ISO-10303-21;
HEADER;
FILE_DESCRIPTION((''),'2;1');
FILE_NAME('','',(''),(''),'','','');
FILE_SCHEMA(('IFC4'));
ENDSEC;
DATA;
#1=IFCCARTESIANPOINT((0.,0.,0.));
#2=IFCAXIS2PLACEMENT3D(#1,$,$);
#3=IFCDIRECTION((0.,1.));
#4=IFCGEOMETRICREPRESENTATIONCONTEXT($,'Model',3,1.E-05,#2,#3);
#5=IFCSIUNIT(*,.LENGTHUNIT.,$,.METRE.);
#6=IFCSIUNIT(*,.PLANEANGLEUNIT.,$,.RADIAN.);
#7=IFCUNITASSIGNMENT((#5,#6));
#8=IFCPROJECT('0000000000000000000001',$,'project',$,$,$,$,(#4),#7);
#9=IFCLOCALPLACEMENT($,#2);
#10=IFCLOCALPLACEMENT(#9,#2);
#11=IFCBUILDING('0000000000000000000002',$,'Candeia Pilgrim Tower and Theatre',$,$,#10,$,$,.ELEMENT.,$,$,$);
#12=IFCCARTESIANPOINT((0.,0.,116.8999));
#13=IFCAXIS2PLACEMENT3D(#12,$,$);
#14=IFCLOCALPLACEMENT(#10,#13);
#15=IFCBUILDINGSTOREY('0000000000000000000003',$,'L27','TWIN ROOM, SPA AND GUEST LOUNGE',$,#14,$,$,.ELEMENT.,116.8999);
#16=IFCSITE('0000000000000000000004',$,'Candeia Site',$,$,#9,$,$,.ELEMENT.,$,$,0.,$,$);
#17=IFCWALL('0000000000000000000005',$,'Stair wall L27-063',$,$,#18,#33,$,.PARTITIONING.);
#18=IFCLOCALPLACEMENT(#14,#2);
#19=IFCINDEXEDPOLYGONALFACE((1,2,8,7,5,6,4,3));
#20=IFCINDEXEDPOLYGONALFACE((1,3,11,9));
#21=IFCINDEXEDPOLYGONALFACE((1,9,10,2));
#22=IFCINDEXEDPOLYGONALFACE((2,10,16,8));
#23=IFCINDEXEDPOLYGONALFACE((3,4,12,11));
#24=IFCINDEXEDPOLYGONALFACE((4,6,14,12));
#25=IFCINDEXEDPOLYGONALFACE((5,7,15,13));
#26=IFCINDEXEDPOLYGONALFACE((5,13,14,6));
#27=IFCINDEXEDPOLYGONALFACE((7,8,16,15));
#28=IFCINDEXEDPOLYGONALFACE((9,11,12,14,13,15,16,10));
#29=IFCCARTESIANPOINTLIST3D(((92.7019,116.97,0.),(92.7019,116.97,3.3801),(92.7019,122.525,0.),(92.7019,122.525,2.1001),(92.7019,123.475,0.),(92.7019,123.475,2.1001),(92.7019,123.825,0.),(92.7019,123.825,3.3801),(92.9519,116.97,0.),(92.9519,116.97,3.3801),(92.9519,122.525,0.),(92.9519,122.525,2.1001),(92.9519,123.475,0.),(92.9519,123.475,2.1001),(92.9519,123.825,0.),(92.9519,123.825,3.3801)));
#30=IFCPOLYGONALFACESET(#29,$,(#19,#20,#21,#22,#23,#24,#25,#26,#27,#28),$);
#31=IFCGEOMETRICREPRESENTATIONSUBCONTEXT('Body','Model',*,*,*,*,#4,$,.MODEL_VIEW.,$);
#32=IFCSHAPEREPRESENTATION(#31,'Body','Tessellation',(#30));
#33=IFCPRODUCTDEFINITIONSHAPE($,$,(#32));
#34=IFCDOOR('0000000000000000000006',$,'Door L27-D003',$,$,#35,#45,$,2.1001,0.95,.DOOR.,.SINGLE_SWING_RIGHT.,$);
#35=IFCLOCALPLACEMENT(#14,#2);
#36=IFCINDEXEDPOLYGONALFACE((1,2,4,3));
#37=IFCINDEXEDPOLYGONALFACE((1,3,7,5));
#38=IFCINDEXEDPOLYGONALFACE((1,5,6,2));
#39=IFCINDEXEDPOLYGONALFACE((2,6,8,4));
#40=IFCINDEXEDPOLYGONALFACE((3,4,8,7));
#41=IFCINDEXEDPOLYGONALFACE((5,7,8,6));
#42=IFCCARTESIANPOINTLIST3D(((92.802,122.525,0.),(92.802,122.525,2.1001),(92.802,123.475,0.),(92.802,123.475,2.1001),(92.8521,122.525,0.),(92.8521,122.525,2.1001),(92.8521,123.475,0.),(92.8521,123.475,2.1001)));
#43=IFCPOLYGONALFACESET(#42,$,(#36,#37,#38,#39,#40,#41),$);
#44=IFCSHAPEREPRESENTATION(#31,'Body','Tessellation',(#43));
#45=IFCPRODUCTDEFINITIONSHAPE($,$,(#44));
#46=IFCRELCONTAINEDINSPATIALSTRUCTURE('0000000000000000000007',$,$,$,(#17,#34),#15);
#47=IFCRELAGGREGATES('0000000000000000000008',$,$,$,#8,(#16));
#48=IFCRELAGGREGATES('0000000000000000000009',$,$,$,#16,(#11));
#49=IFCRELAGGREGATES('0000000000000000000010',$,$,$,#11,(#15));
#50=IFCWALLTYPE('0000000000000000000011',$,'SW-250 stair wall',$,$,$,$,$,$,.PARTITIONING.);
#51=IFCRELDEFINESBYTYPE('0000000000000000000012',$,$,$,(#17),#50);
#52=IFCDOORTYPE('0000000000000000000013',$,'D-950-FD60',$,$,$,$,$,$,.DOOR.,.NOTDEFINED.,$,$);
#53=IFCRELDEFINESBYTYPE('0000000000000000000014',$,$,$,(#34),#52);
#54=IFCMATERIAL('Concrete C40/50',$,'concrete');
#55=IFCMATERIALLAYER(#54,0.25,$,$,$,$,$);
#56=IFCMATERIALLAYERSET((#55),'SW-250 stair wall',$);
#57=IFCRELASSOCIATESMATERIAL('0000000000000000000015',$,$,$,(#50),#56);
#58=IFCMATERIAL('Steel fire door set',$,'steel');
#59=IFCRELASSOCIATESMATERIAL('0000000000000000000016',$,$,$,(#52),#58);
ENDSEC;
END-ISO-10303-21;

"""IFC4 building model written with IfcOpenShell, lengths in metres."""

from ifc_helpers import new_model, si_unit, direction, frame, frame_2d, origin, place, context, subcontext, project, spatial, rectangle, extrude, material, layer, layer_set, type_object, element, fill, save


model = new_model("IFC4")

# Units and contexts
model_context = context("Model", 3, precision=1e-05, world=origin(), true_north=direction((0.0, 1.0)))
body_context = subcontext(model_context, "Body", "Model", "MODEL_VIEW")
ifc_project = project(units=[si_unit("LENGTHUNIT", "METRE"), si_unit("PLANEANGLEUNIT", "RADIAN")], contexts=[model_context])

# Site, building, storey
site_placement = place(None, origin())
site = spatial("IfcSite", under=ifc_project, at=site_placement, Name="Candeia Site", CompositionType="ELEMENT", RefElevation=0.0)
building_placement = place(site_placement, origin())
building = spatial("IfcBuilding", under=site, at=building_placement, Name="Candeia Pilgrim Tower and Theatre", CompositionType="ELEMENT")
storey_placement = place(building_placement, frame((0.0, 0.0, 116.8999)))
storey = spatial("IfcBuildingStorey", under=building, at=storey_placement, Name="L27", Description="TWIN ROOM, SPA AND GUEST LOUNGE", CompositionType="ELEMENT", Elevation=116.8999)

# Shared definitions
ifc_material_1 = material(Name="Concrete C40/50", Category="concrete")

# Shared definitions
ifc_material_2 = material(Name="Steel fire door set", Category="steel")

# Wall, opening, door
ifc_layer_1 = layer(ifc_material_1, 0.25)
ifc_layer_set_1 = layer_set([ifc_layer_1], Name="SW-250 stair wall")
wall_type_1 = type_object("IfcWallType", Name="SW-250 stair wall", PredefinedType="PARTITIONING", material=ifc_layer_set_1)
wall_1_placement = place(storey_placement, frame((92.8269, 116.97, 0.0), z_axis=(0.0, 0.0, 1.0), x_axis=(0.0, 1.0, 0.0)))
wall_1 = element("IfcWall", 1, at=wall_1_placement, inside=storey, type_object=wall_type_1, Name="Stair wall L27-063", PredefinedType="PARTITIONING", context=body_context, shape_type="SweptSolid", body=[
    extrude(rectangle(XDim=6.855, YDim=0.25, at=frame_2d((3.4275, 0.0))), origin(), (0.0, 0.0, 1.0), 3.3801),
])
opening_1_placement = place(wall_1_placement, frame((5.5549, 0.0, 0.0)))
opening_1 = element("IfcOpeningElement", 2, at=opening_1_placement, cuts=wall_1, PredefinedType="OPENING", context=body_context, shape_type="SweptSolid", body=[
    extrude(rectangle(XDim=0.95, YDim=2.1001, at=frame_2d((0.4751, 1.05))), frame((0.0, 0.135, 0.0), z_axis=(0.0, -1.0, 0.0), x_axis=(1.0, 0.0, 0.0)), (0.0, 0.0, 1.0), 0.27),
])
door_type_1 = type_object("IfcDoorType", Name="D-950-FD60", OperationType="NOTDEFINED", PredefinedType="DOOR", material=ifc_material_2)
door_1_placement = place(opening_1_placement, origin())
door_1 = element("IfcDoor", 3, at=door_1_placement, inside=storey, type_object=door_type_1, Name="Door L27-D003", OperationType="SINGLE_SWING_RIGHT", OverallHeight=2.1001, OverallWidth=0.95, PredefinedType="DOOR", context=body_context, shape_type="SweptSolid", body=[
    extrude(rectangle(XDim=0.95, YDim=2.1001, at=frame_2d((0.4751, 1.05))), frame((0.0, 0.0249, 0.0), z_axis=(0.0, -1.0, 0.0), x_axis=(1.0, 0.0, 0.0)), (0.0, 0.0, 1.0), 0.05),
])
fill(opening_1, door_1)

save(model, "model.ifc")
